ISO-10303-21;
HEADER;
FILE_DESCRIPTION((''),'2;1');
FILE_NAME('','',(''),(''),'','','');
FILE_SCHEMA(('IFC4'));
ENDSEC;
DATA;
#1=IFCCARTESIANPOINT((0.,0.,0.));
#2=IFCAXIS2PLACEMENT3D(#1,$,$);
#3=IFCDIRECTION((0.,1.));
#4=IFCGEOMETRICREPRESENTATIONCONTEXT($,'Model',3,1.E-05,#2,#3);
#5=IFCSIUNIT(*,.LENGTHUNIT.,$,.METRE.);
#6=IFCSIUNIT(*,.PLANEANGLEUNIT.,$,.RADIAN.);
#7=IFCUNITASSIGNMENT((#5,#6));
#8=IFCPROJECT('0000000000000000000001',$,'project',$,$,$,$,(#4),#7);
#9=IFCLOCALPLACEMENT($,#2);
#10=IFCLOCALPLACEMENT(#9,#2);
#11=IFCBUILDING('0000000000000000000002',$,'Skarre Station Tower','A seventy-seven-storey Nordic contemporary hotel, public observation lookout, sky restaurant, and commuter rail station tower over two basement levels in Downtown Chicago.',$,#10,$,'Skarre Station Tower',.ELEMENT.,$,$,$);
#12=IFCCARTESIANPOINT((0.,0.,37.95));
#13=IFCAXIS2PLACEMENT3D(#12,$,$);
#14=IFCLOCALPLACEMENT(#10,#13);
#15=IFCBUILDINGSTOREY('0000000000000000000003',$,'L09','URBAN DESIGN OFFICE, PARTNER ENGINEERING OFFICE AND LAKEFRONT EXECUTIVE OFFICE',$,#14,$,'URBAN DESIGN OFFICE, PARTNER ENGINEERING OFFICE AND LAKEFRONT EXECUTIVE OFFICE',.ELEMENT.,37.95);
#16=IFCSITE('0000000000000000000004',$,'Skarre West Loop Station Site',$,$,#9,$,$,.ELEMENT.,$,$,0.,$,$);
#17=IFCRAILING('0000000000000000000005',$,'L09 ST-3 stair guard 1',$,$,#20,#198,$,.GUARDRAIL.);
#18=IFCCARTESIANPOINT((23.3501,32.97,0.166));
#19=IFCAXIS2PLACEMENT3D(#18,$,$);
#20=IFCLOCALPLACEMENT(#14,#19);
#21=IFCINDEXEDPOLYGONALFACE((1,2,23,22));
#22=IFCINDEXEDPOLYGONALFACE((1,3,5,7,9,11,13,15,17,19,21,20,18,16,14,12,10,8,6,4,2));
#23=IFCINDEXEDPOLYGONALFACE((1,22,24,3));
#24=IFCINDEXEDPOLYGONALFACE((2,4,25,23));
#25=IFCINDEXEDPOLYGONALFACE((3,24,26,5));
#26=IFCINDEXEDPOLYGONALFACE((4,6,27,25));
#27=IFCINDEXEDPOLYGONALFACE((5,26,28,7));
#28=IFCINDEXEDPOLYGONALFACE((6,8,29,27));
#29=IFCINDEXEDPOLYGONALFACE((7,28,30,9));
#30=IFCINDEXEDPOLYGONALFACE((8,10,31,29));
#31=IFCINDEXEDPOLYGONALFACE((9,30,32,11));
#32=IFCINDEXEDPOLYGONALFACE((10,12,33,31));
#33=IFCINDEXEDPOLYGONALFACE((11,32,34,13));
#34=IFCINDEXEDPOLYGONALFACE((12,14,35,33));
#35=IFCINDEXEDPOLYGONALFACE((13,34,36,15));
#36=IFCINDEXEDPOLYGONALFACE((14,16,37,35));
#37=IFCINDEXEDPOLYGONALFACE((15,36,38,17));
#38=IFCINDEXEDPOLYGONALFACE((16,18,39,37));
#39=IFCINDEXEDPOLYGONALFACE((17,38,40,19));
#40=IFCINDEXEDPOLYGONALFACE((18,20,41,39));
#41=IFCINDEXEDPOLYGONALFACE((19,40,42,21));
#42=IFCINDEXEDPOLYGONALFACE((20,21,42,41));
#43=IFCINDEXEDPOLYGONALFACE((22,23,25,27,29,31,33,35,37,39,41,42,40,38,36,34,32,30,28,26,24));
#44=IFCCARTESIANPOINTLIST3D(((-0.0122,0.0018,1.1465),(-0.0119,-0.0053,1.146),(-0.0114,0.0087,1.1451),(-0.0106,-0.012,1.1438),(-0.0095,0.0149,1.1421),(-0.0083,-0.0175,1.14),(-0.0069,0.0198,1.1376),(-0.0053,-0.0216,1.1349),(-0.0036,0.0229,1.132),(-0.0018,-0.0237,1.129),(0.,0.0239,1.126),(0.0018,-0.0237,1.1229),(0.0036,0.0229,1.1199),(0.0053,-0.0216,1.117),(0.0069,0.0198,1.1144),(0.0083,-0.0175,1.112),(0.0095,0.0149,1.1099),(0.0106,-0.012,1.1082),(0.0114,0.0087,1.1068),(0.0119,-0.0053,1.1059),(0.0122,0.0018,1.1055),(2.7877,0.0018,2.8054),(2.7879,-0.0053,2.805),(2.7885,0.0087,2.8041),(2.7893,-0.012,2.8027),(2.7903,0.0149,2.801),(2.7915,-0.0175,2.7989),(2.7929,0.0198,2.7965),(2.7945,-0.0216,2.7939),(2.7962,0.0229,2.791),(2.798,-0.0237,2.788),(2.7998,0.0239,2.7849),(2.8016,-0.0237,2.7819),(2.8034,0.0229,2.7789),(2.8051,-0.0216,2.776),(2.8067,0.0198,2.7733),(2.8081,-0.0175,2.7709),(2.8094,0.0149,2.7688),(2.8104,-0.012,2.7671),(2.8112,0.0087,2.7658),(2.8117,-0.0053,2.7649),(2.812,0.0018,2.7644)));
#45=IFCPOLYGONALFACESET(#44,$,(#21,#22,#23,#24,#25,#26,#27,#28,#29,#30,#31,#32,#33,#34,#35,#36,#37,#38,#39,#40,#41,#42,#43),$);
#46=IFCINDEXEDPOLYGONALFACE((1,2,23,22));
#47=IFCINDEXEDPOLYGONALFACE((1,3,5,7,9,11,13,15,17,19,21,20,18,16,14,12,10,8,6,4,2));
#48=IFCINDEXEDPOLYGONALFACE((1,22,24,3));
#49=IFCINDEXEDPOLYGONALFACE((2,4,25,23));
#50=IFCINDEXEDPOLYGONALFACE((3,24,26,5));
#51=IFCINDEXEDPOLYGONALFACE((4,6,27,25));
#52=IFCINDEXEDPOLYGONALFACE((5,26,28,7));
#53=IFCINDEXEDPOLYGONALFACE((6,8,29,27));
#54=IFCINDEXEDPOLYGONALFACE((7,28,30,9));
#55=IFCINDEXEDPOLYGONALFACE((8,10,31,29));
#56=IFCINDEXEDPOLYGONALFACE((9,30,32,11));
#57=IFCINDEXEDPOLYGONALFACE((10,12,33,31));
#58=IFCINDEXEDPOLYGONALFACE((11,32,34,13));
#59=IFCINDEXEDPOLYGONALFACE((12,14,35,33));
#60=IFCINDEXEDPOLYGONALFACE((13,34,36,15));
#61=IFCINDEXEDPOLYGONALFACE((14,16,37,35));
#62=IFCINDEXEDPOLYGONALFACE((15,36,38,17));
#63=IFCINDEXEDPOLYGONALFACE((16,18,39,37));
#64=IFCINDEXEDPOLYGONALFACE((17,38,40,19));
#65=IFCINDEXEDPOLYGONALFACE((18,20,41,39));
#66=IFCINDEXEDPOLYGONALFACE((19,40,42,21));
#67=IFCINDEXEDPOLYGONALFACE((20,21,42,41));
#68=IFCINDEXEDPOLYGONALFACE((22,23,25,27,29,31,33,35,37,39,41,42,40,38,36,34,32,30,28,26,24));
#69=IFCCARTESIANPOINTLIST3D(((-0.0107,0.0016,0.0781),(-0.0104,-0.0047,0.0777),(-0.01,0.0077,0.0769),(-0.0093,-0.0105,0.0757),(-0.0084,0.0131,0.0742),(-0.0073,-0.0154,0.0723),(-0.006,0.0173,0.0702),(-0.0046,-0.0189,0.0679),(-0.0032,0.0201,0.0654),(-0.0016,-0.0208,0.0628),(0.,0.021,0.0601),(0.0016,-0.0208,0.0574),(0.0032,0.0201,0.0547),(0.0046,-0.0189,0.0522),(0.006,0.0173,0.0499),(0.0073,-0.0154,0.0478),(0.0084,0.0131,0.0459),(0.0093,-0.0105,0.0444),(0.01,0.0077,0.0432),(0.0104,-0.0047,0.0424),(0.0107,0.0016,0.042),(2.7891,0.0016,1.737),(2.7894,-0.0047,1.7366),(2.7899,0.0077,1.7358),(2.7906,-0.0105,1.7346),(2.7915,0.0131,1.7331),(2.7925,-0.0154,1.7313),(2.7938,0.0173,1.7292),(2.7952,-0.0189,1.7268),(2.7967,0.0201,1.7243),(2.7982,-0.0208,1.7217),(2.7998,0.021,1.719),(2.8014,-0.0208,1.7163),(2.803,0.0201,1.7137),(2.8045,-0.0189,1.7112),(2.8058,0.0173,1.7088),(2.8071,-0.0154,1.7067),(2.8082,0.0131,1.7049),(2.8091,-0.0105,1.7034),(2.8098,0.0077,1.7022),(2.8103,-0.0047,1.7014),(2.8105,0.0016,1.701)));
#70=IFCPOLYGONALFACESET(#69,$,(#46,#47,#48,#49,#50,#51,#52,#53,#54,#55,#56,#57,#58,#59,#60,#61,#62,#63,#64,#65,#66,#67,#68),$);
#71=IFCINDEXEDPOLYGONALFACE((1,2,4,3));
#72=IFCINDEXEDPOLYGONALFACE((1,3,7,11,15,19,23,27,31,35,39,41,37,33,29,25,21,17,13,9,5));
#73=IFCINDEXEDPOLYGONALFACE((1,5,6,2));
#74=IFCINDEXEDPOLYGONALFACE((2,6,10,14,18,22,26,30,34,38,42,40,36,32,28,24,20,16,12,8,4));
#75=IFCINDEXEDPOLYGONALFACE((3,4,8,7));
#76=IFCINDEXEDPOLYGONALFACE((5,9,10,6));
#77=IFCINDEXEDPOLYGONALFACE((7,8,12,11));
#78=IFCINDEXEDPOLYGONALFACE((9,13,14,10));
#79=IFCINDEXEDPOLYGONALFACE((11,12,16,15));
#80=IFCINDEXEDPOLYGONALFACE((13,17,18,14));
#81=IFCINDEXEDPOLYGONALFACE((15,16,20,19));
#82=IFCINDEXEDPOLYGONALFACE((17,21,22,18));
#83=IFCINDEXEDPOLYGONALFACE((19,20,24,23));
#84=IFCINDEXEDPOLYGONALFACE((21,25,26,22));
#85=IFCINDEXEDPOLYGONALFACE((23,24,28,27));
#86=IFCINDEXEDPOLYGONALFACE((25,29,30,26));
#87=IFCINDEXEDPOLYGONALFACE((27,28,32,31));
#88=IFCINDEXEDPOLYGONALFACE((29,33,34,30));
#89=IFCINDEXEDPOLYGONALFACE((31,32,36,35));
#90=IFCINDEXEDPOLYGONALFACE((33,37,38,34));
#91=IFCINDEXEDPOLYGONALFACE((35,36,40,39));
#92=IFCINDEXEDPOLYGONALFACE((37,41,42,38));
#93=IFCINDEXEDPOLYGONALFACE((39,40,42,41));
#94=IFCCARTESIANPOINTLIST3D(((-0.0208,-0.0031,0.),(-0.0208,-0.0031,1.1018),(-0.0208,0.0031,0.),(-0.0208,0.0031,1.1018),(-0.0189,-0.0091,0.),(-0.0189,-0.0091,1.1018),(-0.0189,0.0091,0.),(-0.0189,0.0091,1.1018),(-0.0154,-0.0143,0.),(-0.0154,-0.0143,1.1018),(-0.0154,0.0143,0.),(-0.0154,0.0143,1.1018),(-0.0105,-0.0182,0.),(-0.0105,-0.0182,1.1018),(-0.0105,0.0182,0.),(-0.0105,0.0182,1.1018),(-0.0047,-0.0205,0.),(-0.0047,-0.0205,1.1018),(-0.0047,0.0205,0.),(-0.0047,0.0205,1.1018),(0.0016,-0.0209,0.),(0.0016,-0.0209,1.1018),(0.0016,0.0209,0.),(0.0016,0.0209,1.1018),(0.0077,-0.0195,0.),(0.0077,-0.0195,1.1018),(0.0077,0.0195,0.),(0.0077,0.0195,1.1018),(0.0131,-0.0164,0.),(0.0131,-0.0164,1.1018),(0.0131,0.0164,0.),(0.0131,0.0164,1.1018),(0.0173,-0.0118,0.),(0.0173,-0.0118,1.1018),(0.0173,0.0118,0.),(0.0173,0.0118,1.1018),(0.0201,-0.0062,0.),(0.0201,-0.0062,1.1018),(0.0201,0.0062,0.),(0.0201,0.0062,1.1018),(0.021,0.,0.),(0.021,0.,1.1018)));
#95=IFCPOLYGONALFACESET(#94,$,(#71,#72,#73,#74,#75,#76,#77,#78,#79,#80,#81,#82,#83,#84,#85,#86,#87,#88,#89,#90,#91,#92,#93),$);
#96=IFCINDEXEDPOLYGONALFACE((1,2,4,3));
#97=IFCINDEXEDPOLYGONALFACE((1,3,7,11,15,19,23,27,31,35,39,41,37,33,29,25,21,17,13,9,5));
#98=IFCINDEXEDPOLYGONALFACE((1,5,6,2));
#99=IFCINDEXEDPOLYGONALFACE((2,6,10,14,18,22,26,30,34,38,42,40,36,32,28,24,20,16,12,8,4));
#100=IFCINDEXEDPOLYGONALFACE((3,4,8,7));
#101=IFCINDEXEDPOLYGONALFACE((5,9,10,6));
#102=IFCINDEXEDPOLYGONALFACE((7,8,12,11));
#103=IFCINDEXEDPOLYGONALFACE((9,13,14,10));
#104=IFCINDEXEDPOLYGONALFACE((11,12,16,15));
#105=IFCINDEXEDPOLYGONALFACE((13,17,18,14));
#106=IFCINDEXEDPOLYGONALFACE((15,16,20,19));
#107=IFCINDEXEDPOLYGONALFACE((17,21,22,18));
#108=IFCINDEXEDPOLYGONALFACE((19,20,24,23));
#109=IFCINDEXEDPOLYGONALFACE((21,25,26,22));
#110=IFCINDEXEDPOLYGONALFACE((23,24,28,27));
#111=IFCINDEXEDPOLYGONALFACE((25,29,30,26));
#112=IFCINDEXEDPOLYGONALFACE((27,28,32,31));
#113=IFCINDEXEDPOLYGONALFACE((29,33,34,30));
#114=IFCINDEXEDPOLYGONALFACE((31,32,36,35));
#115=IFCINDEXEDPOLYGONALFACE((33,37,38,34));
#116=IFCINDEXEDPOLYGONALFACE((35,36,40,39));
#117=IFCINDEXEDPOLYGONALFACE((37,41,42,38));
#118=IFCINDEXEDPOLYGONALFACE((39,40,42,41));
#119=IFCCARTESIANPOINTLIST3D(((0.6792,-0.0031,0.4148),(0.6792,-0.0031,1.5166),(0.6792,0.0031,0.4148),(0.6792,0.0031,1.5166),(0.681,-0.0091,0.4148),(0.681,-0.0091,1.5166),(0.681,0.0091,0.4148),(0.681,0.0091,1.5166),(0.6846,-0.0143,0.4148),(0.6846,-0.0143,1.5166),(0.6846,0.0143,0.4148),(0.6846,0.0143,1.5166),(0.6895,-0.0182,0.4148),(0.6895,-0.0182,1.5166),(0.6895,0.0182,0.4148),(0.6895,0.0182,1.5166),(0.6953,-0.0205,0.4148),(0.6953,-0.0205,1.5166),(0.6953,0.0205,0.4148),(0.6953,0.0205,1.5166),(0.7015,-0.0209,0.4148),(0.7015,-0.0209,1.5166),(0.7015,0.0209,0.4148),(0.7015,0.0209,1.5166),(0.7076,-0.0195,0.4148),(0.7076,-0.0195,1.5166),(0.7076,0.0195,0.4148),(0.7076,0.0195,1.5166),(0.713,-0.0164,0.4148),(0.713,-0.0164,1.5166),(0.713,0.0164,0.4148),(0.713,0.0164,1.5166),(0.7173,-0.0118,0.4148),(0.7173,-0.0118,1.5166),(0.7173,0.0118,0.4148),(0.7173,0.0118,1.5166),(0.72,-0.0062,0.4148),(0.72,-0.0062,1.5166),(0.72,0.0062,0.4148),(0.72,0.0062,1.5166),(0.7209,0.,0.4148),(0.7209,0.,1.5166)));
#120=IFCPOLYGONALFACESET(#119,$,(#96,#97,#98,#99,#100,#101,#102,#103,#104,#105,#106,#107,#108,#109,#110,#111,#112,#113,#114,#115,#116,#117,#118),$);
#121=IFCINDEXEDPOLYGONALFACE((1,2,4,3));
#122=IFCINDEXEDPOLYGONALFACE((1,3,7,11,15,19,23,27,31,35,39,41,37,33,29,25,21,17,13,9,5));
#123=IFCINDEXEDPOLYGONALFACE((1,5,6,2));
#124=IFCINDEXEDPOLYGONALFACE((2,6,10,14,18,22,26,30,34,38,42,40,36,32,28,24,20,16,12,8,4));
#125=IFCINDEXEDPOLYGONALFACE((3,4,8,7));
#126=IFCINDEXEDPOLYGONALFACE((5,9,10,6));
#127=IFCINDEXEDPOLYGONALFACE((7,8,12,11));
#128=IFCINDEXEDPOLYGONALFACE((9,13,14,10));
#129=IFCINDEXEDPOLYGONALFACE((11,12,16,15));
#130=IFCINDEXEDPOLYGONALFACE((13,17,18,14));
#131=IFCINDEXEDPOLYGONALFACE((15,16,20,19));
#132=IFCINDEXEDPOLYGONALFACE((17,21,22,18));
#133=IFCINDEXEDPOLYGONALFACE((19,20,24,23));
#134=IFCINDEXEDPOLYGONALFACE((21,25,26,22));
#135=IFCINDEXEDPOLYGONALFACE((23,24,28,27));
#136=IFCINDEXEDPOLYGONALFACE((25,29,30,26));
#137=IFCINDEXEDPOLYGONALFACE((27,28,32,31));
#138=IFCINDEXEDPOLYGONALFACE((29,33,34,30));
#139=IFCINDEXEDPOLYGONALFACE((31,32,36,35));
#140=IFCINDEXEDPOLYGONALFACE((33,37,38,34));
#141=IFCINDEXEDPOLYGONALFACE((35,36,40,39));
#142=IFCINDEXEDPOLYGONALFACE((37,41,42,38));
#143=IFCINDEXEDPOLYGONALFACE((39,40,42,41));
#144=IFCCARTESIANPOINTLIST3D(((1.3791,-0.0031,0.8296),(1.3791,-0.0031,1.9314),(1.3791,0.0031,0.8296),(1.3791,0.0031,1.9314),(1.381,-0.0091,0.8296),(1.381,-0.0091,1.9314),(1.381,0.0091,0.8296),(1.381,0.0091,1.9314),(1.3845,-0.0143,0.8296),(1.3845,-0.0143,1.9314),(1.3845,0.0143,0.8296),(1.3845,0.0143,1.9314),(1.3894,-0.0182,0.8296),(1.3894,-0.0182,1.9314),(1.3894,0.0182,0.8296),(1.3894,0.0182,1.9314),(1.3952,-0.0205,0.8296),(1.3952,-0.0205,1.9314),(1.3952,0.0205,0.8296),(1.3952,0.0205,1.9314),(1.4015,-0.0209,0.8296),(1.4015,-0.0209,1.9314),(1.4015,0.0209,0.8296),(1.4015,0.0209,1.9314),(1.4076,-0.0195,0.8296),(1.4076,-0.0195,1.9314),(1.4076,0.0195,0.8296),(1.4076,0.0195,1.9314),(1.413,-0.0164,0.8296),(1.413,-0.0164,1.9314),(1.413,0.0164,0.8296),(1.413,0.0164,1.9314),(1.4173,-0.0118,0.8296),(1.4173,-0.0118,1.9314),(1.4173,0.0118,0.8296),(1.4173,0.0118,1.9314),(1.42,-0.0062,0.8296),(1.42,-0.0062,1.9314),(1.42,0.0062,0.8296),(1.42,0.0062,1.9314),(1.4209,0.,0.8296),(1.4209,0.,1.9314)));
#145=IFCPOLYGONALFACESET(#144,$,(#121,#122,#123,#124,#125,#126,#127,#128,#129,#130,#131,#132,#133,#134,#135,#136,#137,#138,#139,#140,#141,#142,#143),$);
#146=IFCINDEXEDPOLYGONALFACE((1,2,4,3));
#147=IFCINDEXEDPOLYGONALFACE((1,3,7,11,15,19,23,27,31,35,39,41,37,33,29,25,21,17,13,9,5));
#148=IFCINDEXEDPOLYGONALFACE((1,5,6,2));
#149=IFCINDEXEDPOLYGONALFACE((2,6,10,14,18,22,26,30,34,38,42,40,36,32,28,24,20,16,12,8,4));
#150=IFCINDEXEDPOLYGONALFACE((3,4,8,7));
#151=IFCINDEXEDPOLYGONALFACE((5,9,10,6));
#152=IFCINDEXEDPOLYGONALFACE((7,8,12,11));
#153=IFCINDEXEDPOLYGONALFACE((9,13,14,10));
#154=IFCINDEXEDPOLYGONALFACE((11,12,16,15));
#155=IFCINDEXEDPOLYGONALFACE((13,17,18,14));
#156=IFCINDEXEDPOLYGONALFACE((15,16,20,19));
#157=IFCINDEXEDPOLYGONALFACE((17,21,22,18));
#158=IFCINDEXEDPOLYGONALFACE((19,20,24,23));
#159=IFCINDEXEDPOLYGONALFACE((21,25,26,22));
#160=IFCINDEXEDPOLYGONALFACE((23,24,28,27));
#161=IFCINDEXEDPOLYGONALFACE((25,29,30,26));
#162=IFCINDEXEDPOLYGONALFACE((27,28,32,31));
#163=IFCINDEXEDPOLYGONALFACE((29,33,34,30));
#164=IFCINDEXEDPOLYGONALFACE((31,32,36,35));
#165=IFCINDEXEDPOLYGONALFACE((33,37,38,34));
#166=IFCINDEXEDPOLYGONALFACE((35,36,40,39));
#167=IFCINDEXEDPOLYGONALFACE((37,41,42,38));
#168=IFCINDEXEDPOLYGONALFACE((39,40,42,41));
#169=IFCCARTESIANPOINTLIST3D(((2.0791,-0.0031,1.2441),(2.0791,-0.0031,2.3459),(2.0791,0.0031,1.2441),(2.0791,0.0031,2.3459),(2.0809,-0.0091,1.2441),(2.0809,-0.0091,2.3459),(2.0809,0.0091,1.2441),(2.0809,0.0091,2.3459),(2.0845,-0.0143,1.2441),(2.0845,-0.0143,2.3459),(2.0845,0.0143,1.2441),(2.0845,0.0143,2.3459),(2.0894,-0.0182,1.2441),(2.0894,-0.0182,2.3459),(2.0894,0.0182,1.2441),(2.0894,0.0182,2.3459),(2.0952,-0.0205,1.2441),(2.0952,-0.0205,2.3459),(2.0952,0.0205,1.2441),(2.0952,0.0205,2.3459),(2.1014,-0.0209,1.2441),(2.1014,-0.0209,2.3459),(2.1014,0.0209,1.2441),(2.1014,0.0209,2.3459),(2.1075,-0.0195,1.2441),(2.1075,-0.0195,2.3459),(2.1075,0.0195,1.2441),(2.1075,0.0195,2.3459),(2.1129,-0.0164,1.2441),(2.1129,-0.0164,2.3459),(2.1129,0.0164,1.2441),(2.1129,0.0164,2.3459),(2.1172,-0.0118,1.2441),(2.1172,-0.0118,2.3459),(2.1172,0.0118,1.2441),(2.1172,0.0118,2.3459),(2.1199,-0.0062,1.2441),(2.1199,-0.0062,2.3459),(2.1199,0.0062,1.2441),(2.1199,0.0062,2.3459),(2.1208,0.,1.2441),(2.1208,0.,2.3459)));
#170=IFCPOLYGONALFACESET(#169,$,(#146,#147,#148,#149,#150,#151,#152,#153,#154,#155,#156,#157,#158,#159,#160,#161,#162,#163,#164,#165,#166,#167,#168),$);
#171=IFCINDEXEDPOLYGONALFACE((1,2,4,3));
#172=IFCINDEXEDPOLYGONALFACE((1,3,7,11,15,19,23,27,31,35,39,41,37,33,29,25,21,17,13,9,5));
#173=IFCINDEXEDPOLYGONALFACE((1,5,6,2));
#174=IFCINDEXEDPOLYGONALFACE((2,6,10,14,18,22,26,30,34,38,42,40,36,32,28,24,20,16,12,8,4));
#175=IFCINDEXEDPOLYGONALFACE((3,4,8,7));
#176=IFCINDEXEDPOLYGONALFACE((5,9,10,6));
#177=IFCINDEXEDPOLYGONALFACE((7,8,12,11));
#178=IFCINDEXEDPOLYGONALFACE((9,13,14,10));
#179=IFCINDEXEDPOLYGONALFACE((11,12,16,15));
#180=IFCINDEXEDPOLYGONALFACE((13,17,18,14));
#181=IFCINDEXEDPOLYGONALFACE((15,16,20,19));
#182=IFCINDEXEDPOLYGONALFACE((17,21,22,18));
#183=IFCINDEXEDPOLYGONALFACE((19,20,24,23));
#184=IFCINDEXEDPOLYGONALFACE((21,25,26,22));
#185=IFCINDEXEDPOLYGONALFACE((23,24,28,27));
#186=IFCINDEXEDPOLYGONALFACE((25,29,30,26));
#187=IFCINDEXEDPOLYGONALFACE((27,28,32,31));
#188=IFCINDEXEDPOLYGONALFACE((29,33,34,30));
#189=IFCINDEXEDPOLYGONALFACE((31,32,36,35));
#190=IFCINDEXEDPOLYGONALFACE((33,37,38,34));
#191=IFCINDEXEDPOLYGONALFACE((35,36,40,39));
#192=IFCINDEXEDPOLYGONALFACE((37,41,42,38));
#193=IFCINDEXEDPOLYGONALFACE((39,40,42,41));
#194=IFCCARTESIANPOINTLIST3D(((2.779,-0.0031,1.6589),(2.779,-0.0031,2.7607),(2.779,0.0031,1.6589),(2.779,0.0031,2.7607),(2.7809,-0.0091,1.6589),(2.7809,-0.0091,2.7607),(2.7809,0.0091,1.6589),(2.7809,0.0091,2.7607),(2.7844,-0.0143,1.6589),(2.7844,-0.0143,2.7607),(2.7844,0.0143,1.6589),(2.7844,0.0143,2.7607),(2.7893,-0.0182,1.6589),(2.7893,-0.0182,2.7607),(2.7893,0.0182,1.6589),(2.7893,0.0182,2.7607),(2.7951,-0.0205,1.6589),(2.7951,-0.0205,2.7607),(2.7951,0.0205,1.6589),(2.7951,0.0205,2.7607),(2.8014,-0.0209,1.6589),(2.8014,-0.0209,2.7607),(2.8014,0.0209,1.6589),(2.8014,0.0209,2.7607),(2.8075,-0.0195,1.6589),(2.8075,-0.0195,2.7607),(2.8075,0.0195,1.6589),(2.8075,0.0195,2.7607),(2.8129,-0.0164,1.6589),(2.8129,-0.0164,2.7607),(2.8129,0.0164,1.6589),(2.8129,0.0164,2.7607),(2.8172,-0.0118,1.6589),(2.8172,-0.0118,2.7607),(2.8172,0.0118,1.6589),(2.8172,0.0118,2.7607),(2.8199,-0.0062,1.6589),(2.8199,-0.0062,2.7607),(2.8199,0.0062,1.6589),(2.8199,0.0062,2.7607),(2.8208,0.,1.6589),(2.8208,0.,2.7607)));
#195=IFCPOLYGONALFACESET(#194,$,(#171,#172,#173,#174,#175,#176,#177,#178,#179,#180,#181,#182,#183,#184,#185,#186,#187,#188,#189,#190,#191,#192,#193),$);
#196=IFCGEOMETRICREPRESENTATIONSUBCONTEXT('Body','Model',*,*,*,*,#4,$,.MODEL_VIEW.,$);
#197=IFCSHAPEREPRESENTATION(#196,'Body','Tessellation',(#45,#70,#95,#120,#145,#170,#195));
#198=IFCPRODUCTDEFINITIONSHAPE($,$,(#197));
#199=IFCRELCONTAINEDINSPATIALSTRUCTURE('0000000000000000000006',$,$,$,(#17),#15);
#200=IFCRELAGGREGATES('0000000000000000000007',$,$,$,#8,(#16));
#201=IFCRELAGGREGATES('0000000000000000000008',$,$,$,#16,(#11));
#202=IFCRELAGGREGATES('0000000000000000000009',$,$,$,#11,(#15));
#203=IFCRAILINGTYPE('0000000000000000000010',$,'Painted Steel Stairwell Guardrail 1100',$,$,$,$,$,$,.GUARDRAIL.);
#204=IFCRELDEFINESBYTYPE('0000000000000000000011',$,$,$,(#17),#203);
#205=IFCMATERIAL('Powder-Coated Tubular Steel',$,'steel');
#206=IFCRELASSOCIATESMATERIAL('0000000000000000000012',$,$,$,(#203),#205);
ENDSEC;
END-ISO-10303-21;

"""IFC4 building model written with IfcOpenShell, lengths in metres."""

from ifc_helpers import new_model, si_unit, direction, frame, origin, origin_2d, place, context, subcontext, project, spatial, circle, extrude, material, type_object, element, save


model = new_model("IFC4")

# Units and contexts
model_context = context("Model", 3, precision=1e-05, world=origin(), true_north=direction((0.0, 1.0)))
body_context = subcontext(model_context, "Body", "Model", "MODEL_VIEW")
ifc_project = project(units=[si_unit("LENGTHUNIT", "METRE"), si_unit("PLANEANGLEUNIT", "RADIAN")], contexts=[model_context])

# Site, building, storey
site_placement = place(None, origin())
site = spatial("IfcSite", under=ifc_project, at=site_placement, Name="Skarre West Loop Station Site", CompositionType="ELEMENT", RefElevation=0.0)
building_placement = place(site_placement, origin())
building = spatial("IfcBuilding", under=site, at=building_placement, Name="Skarre Station Tower", Description="A seventy-seven-storey Nordic contemporary hotel, public observation lookout, sky restaurant, and commuter rail station tower over two basement levels in Downtown Chicago.", LongName="Skarre Station Tower", CompositionType="ELEMENT")
storey_placement = place(building_placement, frame((0.0, 0.0, 37.95)))
storey = spatial("IfcBuildingStorey", under=building, at=storey_placement, Name="L09", Description="URBAN DESIGN OFFICE, PARTNER ENGINEERING OFFICE AND LAKEFRONT EXECUTIVE OFFICE", LongName="URBAN DESIGN OFFICE, PARTNER ENGINEERING OFFICE AND LAKEFRONT EXECUTIVE OFFICE", CompositionType="ELEMENT", Elevation=37.95)

# Railing
ifc_material_1 = material(Name="Powder-Coated Tubular Steel", Category="steel")
railing_type_1 = type_object("IfcRailingType", Name="Painted Steel Stairwell Guardrail 1100", PredefinedType="GUARDRAIL", material=ifc_material_1)
railing_1_placement = place(storey_placement, frame((23.3501, 32.97, 0.166)))
element("IfcRailing", 1, at=railing_1_placement, inside=storey, type_object=railing_type_1, Name="L09 ST-3 stair guard 1", PredefinedType="GUARDRAIL", context=body_context, shape_type="SweptSolid", body=[
    extrude(circle(Radius=0.0239, at=origin_2d()), frame((0.0, 0.0, 1.126), z_axis=(0.86032, 0.0, 0.509755), x_axis=(0.0, 1.0, 0.0)), (0.0, 0.0, 1.0), 3.2544),
    extrude(circle(Radius=0.021, at=origin_2d()), frame((0.0, 0.0, 0.0601), z_axis=(0.86032, 0.0, 0.509755), x_axis=(0.0, 1.0, 0.0)), (0.0, 0.0, 1.0), 3.2544),
    extrude(circle(Radius=0.021, at=origin_2d()), origin(), (0.0, 0.0, 1.0), 1.1018),
    extrude(circle(Radius=0.021, at=origin_2d()), frame((0.7, 0.0, 0.4148)), (0.0, 0.0, 1.0), 1.1018),
    extrude(circle(Radius=0.021, at=origin_2d()), frame((1.3999, 0.0, 0.8296)), (0.0, 0.0, 1.0), 1.1018),
    extrude(circle(Radius=0.021, at=origin_2d()), frame((2.0999, 0.0, 1.2441)), (0.0, 0.0, 1.0), 1.1018),
    extrude(circle(Radius=0.021, at=origin_2d()), frame((2.7998, 0.0, 1.6589)), (0.0, 0.0, 1.0), 1.1018),
])

save(model, "model.ifc")
